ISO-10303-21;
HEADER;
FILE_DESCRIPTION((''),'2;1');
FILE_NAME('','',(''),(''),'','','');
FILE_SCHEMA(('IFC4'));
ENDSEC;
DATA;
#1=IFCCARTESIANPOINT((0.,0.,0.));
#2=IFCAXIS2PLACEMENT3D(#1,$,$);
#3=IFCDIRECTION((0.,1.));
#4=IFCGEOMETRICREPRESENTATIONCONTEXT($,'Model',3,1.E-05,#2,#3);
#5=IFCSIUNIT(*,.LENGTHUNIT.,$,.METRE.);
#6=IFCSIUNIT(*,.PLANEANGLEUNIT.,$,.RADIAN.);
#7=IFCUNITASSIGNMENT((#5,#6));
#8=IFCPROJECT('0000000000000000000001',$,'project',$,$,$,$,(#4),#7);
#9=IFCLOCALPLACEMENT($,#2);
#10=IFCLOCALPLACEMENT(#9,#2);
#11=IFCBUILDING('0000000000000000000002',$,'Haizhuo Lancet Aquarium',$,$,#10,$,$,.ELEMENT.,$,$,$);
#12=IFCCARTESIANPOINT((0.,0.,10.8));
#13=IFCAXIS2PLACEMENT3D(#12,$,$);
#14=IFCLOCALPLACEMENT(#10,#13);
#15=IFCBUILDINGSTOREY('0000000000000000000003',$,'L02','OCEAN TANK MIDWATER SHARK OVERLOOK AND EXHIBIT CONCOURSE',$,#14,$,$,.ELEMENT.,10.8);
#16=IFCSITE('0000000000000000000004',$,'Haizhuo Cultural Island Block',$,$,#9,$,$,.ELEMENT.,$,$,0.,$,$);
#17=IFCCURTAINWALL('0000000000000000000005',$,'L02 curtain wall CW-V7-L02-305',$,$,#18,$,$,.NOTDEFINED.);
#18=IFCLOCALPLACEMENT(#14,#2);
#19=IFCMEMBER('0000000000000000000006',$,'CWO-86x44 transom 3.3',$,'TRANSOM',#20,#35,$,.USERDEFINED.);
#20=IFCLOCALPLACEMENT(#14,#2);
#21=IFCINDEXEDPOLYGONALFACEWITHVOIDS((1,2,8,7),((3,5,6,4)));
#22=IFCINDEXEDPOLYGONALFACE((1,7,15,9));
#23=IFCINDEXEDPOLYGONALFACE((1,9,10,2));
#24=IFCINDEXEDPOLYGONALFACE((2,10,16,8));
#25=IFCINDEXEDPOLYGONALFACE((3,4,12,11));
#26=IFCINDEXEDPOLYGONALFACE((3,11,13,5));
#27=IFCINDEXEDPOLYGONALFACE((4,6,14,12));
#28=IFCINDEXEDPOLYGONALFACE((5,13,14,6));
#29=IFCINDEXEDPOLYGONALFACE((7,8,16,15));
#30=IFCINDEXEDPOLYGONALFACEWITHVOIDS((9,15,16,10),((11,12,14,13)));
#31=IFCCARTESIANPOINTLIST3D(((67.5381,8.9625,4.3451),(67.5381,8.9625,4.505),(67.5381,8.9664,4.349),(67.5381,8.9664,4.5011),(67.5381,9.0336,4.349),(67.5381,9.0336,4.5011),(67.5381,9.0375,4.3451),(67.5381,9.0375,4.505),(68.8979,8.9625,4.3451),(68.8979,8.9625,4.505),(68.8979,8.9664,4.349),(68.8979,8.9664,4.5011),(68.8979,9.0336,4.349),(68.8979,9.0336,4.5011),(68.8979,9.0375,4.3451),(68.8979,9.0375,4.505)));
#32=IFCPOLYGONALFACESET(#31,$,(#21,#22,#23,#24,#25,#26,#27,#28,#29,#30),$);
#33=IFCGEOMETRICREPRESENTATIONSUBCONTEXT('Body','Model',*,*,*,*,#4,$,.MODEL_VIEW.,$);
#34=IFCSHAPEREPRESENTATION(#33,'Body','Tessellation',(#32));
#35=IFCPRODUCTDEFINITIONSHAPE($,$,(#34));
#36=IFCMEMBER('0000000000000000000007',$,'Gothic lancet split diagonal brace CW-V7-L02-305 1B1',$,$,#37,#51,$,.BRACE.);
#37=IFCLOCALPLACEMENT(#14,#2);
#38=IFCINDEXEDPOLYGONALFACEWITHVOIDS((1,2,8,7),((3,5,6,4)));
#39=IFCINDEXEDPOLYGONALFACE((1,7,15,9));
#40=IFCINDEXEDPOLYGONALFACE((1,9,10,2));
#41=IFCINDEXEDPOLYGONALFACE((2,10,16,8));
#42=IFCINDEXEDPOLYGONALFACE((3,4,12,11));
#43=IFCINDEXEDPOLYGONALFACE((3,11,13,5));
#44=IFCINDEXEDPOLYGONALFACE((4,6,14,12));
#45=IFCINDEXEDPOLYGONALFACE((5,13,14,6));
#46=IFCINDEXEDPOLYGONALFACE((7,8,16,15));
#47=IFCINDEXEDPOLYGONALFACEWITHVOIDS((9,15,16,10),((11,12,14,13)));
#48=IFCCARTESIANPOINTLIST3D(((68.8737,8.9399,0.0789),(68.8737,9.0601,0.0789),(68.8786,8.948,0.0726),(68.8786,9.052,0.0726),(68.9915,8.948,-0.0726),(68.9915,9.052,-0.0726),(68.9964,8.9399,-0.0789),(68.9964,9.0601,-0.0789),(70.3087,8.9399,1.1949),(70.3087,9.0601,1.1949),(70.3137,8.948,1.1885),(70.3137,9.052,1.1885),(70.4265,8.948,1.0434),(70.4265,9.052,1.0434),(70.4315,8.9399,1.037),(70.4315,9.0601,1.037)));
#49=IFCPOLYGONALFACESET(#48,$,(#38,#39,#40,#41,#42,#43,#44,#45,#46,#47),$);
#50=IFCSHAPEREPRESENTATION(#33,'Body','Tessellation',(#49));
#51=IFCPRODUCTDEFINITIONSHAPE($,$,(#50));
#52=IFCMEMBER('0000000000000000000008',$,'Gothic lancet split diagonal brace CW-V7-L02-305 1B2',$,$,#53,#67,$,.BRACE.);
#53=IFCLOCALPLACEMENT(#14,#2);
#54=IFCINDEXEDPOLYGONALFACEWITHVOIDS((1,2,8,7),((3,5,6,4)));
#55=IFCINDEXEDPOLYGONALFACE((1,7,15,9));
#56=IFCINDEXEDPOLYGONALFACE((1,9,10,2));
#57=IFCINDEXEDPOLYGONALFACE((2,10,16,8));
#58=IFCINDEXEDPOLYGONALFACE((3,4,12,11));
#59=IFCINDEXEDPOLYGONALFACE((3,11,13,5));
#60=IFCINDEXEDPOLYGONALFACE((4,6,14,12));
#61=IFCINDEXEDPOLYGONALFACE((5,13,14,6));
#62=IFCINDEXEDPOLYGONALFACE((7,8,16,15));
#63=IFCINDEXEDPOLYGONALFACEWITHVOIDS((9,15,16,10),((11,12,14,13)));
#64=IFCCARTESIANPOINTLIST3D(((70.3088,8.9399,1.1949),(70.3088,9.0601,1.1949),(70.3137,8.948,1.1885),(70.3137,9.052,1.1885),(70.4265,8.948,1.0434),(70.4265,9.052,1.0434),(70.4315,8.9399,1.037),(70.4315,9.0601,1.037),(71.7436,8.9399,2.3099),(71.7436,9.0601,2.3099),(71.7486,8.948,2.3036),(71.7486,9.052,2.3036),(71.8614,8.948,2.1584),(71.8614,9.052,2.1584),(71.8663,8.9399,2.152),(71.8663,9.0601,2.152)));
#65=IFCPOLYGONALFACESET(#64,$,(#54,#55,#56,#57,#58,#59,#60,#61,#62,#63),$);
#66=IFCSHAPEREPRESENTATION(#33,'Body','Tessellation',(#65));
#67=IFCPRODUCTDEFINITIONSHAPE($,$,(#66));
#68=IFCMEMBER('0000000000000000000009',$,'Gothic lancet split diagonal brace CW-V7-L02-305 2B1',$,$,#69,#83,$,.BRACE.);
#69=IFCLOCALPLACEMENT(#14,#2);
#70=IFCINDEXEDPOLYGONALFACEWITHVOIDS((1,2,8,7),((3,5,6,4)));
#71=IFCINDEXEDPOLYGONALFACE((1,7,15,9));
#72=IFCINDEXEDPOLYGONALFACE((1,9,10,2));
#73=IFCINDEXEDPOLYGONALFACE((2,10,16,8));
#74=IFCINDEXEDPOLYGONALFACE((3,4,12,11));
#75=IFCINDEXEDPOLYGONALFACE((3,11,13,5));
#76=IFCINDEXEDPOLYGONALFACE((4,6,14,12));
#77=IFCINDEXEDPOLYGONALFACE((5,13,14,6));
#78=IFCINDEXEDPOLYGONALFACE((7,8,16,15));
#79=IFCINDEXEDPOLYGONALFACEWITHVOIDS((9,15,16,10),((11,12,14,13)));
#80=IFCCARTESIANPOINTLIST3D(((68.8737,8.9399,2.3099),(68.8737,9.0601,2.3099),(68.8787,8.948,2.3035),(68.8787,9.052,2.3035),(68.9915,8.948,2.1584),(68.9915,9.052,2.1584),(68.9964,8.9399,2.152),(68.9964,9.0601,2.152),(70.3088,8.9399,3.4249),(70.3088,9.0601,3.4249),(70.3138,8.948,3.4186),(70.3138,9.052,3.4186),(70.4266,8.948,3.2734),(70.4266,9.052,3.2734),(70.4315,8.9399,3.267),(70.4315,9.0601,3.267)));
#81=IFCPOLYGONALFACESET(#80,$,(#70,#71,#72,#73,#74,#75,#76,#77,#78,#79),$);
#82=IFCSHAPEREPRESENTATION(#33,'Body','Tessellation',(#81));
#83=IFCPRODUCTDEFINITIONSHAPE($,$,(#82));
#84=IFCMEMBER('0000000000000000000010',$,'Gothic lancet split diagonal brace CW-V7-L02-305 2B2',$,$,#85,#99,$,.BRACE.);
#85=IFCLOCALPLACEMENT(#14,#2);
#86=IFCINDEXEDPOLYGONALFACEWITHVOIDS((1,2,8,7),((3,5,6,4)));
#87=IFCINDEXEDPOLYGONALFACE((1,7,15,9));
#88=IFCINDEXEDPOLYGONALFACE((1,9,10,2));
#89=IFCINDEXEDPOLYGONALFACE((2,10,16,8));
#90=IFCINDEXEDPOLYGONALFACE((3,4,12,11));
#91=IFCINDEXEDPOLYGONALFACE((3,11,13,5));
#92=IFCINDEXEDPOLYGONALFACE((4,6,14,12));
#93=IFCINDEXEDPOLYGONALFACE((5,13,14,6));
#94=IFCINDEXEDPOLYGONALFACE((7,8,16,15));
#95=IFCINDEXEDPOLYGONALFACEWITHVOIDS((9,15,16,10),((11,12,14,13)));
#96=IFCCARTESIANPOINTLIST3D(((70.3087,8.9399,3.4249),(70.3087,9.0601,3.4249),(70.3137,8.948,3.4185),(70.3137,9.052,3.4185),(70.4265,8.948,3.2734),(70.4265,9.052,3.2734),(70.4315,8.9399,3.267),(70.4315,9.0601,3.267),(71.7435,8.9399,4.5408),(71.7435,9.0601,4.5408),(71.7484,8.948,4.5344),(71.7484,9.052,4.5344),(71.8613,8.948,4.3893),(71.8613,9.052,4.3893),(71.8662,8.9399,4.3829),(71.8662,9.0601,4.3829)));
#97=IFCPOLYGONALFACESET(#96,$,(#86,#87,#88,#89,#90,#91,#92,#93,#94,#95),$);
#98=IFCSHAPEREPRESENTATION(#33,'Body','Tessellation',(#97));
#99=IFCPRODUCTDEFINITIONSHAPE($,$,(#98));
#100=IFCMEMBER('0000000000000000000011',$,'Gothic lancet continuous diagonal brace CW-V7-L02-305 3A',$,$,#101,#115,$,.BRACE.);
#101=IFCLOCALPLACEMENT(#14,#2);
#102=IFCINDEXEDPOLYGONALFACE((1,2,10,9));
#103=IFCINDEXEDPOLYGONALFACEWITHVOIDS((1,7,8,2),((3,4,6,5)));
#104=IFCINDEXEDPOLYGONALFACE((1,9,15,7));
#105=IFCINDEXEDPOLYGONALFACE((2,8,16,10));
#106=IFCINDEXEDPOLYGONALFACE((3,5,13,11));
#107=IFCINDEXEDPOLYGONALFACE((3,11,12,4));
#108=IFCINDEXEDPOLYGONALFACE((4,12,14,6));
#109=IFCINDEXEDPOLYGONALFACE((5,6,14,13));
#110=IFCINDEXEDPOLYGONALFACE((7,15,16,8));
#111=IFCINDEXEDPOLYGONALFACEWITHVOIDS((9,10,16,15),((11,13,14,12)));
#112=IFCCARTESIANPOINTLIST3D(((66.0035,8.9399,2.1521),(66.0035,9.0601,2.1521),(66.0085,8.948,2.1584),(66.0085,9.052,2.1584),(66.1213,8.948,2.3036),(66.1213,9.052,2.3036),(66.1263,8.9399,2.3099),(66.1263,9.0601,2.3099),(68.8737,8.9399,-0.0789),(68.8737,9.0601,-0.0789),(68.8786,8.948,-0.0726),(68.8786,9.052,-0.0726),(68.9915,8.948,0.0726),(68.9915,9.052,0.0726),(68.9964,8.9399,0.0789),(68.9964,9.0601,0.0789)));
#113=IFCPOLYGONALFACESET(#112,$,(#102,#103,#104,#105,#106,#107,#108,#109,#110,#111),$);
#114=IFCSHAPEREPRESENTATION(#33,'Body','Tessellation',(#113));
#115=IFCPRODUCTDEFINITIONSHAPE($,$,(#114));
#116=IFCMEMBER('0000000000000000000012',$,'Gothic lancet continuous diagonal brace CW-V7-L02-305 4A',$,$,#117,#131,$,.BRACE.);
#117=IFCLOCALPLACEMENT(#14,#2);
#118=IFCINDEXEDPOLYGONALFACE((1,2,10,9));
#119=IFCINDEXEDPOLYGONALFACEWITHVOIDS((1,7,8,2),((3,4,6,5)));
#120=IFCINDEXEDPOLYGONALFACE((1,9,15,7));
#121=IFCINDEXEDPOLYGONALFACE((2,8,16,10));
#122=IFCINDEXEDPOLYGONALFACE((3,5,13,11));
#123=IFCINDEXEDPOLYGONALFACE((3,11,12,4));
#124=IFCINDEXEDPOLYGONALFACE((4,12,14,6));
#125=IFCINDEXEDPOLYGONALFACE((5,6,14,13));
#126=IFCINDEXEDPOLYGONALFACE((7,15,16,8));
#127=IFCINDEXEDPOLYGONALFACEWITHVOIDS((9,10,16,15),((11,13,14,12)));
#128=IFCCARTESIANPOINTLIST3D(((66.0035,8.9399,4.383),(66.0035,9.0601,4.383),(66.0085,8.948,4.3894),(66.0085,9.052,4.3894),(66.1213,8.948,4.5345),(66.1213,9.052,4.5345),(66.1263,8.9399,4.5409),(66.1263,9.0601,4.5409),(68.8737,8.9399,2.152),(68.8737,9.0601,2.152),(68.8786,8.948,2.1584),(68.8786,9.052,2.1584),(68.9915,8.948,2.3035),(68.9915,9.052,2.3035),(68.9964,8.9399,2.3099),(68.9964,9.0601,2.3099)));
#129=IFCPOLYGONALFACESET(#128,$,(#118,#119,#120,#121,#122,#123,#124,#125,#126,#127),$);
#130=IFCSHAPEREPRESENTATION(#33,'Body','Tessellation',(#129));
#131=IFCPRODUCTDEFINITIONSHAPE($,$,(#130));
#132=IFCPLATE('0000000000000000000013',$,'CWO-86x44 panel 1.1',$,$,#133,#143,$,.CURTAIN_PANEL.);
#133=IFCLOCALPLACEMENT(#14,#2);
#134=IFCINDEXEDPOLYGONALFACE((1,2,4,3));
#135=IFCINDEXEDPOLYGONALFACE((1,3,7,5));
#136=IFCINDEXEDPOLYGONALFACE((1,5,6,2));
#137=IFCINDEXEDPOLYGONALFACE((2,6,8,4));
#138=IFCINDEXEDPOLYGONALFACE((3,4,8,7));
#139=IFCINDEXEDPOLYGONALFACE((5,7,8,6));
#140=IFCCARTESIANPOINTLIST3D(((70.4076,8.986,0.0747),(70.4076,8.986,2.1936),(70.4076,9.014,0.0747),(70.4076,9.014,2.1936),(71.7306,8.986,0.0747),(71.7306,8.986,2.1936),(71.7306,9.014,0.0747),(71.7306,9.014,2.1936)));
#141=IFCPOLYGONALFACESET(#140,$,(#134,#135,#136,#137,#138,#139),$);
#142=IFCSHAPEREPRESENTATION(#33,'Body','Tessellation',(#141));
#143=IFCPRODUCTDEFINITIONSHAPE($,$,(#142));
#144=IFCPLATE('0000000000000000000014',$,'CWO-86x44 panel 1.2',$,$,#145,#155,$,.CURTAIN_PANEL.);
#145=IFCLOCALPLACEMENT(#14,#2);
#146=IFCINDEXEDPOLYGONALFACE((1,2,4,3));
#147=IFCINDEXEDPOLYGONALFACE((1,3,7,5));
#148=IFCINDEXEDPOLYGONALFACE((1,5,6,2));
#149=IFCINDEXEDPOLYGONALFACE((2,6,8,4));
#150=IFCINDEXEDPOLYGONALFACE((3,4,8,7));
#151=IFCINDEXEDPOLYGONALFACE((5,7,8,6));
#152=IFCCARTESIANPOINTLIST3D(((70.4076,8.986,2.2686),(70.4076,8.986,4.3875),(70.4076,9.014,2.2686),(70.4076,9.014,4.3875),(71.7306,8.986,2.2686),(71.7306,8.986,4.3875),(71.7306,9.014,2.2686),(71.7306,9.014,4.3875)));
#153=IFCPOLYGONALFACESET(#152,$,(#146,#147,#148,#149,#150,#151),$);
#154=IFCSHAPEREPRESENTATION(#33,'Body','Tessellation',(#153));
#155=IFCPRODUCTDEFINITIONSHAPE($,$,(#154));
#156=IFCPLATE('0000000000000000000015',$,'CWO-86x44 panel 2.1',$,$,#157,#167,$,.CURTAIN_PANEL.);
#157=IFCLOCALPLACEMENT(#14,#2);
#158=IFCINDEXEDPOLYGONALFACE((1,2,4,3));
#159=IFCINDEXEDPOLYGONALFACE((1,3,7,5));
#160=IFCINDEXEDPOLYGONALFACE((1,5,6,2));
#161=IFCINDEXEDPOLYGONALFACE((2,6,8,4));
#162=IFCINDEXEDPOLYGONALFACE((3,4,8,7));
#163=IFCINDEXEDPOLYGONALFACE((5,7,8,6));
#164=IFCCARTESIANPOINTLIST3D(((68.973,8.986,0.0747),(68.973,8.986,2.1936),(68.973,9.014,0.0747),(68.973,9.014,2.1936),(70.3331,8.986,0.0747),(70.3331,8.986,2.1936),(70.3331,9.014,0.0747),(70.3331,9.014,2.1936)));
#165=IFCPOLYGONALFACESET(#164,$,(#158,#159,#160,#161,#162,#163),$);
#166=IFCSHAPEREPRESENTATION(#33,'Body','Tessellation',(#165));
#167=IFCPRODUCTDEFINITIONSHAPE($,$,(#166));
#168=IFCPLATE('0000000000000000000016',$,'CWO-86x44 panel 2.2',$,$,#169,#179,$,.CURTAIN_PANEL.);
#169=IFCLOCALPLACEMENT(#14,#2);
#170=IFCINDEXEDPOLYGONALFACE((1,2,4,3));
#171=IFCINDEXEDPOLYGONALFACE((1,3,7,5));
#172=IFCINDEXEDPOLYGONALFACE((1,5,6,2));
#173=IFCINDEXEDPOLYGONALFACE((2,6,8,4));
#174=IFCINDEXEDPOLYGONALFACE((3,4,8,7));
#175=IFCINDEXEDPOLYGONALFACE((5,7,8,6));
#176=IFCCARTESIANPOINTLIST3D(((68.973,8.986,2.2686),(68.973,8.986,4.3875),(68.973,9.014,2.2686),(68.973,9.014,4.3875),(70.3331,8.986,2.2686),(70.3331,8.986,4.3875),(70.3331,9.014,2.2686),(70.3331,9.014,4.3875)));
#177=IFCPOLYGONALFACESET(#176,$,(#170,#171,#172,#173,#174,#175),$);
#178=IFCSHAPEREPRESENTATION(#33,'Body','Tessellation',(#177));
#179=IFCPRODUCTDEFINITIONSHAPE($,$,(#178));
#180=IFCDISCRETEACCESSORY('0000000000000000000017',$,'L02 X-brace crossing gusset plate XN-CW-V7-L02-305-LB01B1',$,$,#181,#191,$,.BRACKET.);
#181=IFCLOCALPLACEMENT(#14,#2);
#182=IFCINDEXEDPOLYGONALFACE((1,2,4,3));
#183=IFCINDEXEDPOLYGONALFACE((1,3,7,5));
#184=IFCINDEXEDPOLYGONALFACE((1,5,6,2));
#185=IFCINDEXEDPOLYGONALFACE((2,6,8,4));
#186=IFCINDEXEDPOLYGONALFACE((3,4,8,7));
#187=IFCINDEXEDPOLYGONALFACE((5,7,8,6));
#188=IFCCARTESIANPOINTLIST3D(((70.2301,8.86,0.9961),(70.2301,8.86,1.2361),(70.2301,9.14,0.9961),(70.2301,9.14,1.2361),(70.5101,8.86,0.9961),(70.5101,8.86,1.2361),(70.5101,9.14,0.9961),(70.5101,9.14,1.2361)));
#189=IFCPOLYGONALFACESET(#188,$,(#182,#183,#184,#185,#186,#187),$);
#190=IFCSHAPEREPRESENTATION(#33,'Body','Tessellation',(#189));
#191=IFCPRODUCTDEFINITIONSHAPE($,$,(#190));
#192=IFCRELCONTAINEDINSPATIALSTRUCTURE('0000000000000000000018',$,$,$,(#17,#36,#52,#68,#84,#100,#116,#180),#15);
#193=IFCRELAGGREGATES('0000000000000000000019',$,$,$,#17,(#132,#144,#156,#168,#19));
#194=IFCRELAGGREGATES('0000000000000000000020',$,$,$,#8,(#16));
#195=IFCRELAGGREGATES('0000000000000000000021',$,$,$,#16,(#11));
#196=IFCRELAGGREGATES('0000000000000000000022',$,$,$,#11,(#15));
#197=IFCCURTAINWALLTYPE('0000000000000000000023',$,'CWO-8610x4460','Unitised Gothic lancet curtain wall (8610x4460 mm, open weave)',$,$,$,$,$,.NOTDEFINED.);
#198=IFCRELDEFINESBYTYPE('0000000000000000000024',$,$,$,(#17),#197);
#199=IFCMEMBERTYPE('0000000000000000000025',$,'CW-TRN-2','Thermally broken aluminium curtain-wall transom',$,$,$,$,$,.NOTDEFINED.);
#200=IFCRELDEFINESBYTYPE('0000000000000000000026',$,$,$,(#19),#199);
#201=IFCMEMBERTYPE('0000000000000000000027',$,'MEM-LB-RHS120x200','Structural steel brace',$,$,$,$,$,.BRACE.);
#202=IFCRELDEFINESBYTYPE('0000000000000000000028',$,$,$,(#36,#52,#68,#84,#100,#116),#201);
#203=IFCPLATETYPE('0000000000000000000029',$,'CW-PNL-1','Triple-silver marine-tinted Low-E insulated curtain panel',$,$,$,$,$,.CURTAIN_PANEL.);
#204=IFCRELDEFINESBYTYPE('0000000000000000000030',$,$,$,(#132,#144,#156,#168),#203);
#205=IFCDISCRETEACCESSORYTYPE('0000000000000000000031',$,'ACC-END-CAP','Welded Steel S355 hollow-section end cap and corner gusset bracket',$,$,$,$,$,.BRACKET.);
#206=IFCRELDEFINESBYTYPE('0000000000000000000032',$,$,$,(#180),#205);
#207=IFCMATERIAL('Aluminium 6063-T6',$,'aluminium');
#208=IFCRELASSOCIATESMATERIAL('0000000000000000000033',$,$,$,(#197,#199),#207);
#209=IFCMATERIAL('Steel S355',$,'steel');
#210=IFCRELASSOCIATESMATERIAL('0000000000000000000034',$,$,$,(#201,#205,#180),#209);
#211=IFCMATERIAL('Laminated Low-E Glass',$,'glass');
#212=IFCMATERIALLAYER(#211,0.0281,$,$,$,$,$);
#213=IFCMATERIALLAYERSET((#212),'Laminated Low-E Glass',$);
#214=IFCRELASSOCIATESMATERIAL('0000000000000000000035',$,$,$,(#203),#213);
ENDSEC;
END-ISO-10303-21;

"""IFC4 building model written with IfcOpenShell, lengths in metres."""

from ifc_helpers import new_model, si_unit, direction, frame, origin, origin_2d, place, context, subcontext, project, spatial, rectangle, hollow_rectangle, extrude, material, layer, layer_set, material_profile, profile_set, type_object, element, aggregate, save


model = new_model("IFC4")

# Units and contexts
model_context = context("Model", 3, precision=1e-05, world=origin(), true_north=direction((0.0, 1.0)))
body_context = subcontext(model_context, "Body", "Model", "MODEL_VIEW")
ifc_project = project(units=[si_unit("LENGTHUNIT", "METRE"), si_unit("PLANEANGLEUNIT", "RADIAN")], contexts=[model_context])

# Site, building, storey
site_placement = place(None, origin())
site = spatial("IfcSite", under=ifc_project, at=site_placement, Name="Haizhuo Cultural Island Block", CompositionType="ELEMENT", RefElevation=0.0)
building_placement = place(site_placement, origin())
building = spatial("IfcBuilding", under=site, at=building_placement, Name="Haizhuo Lancet Aquarium", CompositionType="ELEMENT")
storey_placement = place(building_placement, frame((0.0, 0.0, 10.8)))
storey = spatial("IfcBuildingStorey", under=building, at=storey_placement, Name="L02", Description="OCEAN TANK MIDWATER SHARK OVERLOOK AND EXHIBIT CONCOURSE", CompositionType="ELEMENT", Elevation=10.8)

# Curtain wall, member
ifc_material_1 = material(Name="Aluminium 6063-T6", Category="aluminium")
curtain_wall_type = type_object("IfcCurtainWallType", Name="CWO-8610x4460", Description="Unitised Gothic lancet curtain wall (8610x4460 mm, open weave)", PredefinedType="NOTDEFINED", material=ifc_material_1)
curtain_wall_placement = place(storey_placement, origin())
curtain_wall = element("IfcCurtainWall", 1, at=curtain_wall_placement, inside=storey, type_object=curtain_wall_type, Name="L02 curtain wall CW-V7-L02-305", PredefinedType="NOTDEFINED")
ifc_material_profile_1 = material_profile(ifc_material_1, hollow_rectangle(XDim=0.075, YDim=0.1599, WallThickness=0.0039, at=origin_2d()), Name="ALU-T 75x160x4")
ifc_profile_set_1 = profile_set([ifc_material_profile_1], Name="Aluminium 6063-T6")
member_type_1 = type_object("IfcMemberType", Name="CW-TRN-2", Description="Thermally broken aluminium curtain-wall transom", PredefinedType="NOTDEFINED", material=ifc_profile_set_1)
member_1_placement = place(storey_placement, frame((68.8979, 9.0, 4.425), z_axis=(-1.0, 0.0, 0.0), x_axis=(0.0, -1.0, 0.0)))
member_1 = element("IfcMember", 2, at=member_1_placement, type_object=member_type_1, Name="CWO-86x44 transom 3.3", ObjectType="TRANSOM", PredefinedType="USERDEFINED", context=body_context, shape_type="SweptSolid", body=[
    extrude(hollow_rectangle(XDim=0.075, YDim=0.1599, WallThickness=0.0039, at=origin_2d()), origin(), (0.0, 0.0, 1.0), 1.3599),
])

# Members
ifc_material_2 = material(Name="Steel S355", Category="steel")
ifc_material_profile_2 = material_profile(ifc_material_2, hollow_rectangle(XDim=0.1201, YDim=0.2, WallThickness=0.0081, at=origin_2d()), Name="RHS 120x200x8")
ifc_profile_set_2 = profile_set([ifc_material_profile_2], Name="Steel S355")
member_type_2 = type_object("IfcMemberType", Name="MEM-LB-RHS120x200", Description="Structural steel brace", PredefinedType="BRACE", material=ifc_profile_set_2)
member_2_placement = place(storey_placement, frame((68.9351, 9.0, 0.0), z_axis=(0.789403, 0.0, 0.613876), x_axis=(0.0, 1.0, 0.0)))
element("IfcMember", 3, at=member_2_placement, inside=storey, type_object=member_type_2, Name="Gothic lancet split diagonal brace CW-V7-L02-305 1B1", PredefinedType="BRACE", context=body_context, shape_type="SweptSolid", body=[
    extrude(hollow_rectangle(XDim=0.1201, YDim=0.2, WallThickness=0.0081, at=origin_2d()), origin(), (0.0, 0.0, 1.0), 1.8179),
])
member_3_placement = place(storey_placement, frame((70.3701, 9.0, 1.116), z_axis=(0.789613, 0.0, 0.613606), x_axis=(0.0, 1.0, 0.0)))
element("IfcMember", 4, at=member_3_placement, inside=storey, type_object=member_type_2, Name="Gothic lancet split diagonal brace CW-V7-L02-305 1B2", PredefinedType="BRACE", context=body_context, shape_type="SweptSolid", body=[
    extrude(hollow_rectangle(XDim=0.1201, YDim=0.2, WallThickness=0.0081, at=origin_2d()), origin(), (0.0, 0.0, 1.0), 1.8171),
])
member_4_placement = place(storey_placement, frame((68.9351, 9.0, 2.231), z_axis=(0.789663, 0.0, 0.613541), x_axis=(0.0, 1.0, 0.0)))
element("IfcMember", 5, at=member_4_placement, inside=storey, type_object=member_type_2, Name="Gothic lancet split diagonal brace CW-V7-L02-305 2B1", PredefinedType="BRACE", context=body_context, shape_type="SweptSolid", body=[
    extrude(hollow_rectangle(XDim=0.1201, YDim=0.2, WallThickness=0.0081, at=origin_2d()), origin(), (0.0, 0.0, 1.0), 1.8174),
])
member_5_placement = place(storey_placement, frame((70.3701, 9.0, 3.3459), z_axis=(0.789352, 0.0, 0.613941), x_axis=(0.0, 1.0, 0.0)))
element("IfcMember", 6, at=member_5_placement, inside=storey, type_object=member_type_2, Name="Gothic lancet split diagonal brace CW-V7-L02-305 2B2", PredefinedType="BRACE", context=body_context, shape_type="SweptSolid", body=[
    extrude(hollow_rectangle(XDim=0.1201, YDim=0.2, WallThickness=0.0081, at=origin_2d()), origin(), (0.0, 0.0, 1.0), 1.8176),
])
for number, where, z_axis, x_axis, name in (
    (7, (68.9351, 9.0, 0.0), (-0.789533, 0.0, 0.613708), (0.0, -1.0, 0.0), "Gothic lancet continuous diagonal brace CW-V7-L02-305 3A"),
    (8, (68.9351, 9.0, 2.231), (-0.789533, 0.0, 0.613708), (0.0, -1.0, 0.0), "Gothic lancet continuous diagonal brace CW-V7-L02-305 4A"),
):
    element("IfcMember", number, at=place(storey_placement, frame(where, z_axis=z_axis, x_axis=x_axis)), inside=storey, type_object=member_type_2, Name=name, PredefinedType="BRACE", context=body_context, shape_type="SweptSolid", body=[
        extrude(hollow_rectangle(XDim=0.1201, YDim=0.2, WallThickness=0.0081, at=origin_2d()), origin(), (0.0, 0.0, 1.0), 3.6353),
    ])

# Plates
ifc_material_3 = material(Name="Laminated Low-E Glass", Category="glass")
ifc_layer = layer(ifc_material_3, 0.0281)
ifc_layer_set = layer_set([ifc_layer], Name="Laminated Low-E Glass")
plate_type = type_object("IfcPlateType", Name="CW-PNL-1", Description="Triple-silver marine-tinted Low-E insulated curtain panel", PredefinedType="CURTAIN_PANEL", material=ifc_layer_set)
plate_1_placement = place(storey_placement, frame((71.0691, 9.0, 0.0747), z_axis=(0.0, 0.0, 1.0), x_axis=(-1.0, 0.0, 0.0)))
plate_1 = element("IfcPlate", 9, at=plate_1_placement, type_object=plate_type, Name="CWO-86x44 panel 1.1", PredefinedType="CURTAIN_PANEL", context=body_context, shape_type="SweptSolid", body=[
    extrude(rectangle(XDim=1.323, YDim=0.0281, at=origin_2d()), origin(), (0.0, 0.0, 1.0), 2.1189),
])
plate_2_placement = place(storey_placement, frame((71.0691, 9.0, 2.2686), z_axis=(0.0, 0.0, 1.0), x_axis=(-1.0, 0.0, 0.0)))
plate_2 = element("IfcPlate", 10, at=plate_2_placement, type_object=plate_type, Name="CWO-86x44 panel 1.2", PredefinedType="CURTAIN_PANEL", context=body_context, shape_type="SweptSolid", body=[
    extrude(rectangle(XDim=1.323, YDim=0.0281, at=origin_2d()), origin(), (0.0, 0.0, 1.0), 2.1189),
])
plate_3_placement = place(storey_placement, frame((69.6531, 9.0, 0.0747), z_axis=(0.0, 0.0, 1.0), x_axis=(-1.0, 0.0, 0.0)))
plate_3 = element("IfcPlate", 11, at=plate_3_placement, type_object=plate_type, Name="CWO-86x44 panel 2.1", PredefinedType="CURTAIN_PANEL", context=body_context, shape_type="SweptSolid", body=[
    extrude(rectangle(XDim=1.3601, YDim=0.0281, at=origin_2d()), origin(), (0.0, 0.0, 1.0), 2.1189),
])
plate_4_placement = place(storey_placement, frame((69.6531, 9.0, 2.2686), z_axis=(0.0, 0.0, 1.0), x_axis=(-1.0, 0.0, 0.0)))
plate_4 = element("IfcPlate", 12, at=plate_4_placement, type_object=plate_type, Name="CWO-86x44 panel 2.2", PredefinedType="CURTAIN_PANEL", context=body_context, shape_type="SweptSolid", body=[
    extrude(rectangle(XDim=1.3601, YDim=0.0281, at=origin_2d()), origin(), (0.0, 0.0, 1.0), 2.1189),
])
aggregate(curtain_wall, [plate_1, plate_2, plate_3, plate_4, member_1])

# Discrete accessory
discrete_accessory_type = type_object("IfcDiscreteAccessoryType", Name="ACC-END-CAP", Description="Welded Steel S355 hollow-section end cap and corner gusset bracket", PredefinedType="BRACKET", material=ifc_material_2)
for number, where, z_axis, x_axis, name in (
    (13, (70.3701, 9.0, 0.9961), (0.0, 0.0, 1.0), (1.0, 0.0, 0.0), "L02 X-brace crossing gusset plate XN-CW-V7-L02-305-LB01B1"),
):
    element("IfcDiscreteAccessory", number, at=place(storey_placement, frame(where, z_axis=z_axis, x_axis=x_axis)), inside=storey, type_object=discrete_accessory_type, material=ifc_material_2, Name=name, PredefinedType="BRACKET", context=body_context, shape_type="SweptSolid", body=[
        extrude(rectangle(XDim=0.28, YDim=0.28, at=origin_2d()), origin(), (0.0, 0.0, 1.0), 0.24),
    ])

save(model, "model.ifc")
